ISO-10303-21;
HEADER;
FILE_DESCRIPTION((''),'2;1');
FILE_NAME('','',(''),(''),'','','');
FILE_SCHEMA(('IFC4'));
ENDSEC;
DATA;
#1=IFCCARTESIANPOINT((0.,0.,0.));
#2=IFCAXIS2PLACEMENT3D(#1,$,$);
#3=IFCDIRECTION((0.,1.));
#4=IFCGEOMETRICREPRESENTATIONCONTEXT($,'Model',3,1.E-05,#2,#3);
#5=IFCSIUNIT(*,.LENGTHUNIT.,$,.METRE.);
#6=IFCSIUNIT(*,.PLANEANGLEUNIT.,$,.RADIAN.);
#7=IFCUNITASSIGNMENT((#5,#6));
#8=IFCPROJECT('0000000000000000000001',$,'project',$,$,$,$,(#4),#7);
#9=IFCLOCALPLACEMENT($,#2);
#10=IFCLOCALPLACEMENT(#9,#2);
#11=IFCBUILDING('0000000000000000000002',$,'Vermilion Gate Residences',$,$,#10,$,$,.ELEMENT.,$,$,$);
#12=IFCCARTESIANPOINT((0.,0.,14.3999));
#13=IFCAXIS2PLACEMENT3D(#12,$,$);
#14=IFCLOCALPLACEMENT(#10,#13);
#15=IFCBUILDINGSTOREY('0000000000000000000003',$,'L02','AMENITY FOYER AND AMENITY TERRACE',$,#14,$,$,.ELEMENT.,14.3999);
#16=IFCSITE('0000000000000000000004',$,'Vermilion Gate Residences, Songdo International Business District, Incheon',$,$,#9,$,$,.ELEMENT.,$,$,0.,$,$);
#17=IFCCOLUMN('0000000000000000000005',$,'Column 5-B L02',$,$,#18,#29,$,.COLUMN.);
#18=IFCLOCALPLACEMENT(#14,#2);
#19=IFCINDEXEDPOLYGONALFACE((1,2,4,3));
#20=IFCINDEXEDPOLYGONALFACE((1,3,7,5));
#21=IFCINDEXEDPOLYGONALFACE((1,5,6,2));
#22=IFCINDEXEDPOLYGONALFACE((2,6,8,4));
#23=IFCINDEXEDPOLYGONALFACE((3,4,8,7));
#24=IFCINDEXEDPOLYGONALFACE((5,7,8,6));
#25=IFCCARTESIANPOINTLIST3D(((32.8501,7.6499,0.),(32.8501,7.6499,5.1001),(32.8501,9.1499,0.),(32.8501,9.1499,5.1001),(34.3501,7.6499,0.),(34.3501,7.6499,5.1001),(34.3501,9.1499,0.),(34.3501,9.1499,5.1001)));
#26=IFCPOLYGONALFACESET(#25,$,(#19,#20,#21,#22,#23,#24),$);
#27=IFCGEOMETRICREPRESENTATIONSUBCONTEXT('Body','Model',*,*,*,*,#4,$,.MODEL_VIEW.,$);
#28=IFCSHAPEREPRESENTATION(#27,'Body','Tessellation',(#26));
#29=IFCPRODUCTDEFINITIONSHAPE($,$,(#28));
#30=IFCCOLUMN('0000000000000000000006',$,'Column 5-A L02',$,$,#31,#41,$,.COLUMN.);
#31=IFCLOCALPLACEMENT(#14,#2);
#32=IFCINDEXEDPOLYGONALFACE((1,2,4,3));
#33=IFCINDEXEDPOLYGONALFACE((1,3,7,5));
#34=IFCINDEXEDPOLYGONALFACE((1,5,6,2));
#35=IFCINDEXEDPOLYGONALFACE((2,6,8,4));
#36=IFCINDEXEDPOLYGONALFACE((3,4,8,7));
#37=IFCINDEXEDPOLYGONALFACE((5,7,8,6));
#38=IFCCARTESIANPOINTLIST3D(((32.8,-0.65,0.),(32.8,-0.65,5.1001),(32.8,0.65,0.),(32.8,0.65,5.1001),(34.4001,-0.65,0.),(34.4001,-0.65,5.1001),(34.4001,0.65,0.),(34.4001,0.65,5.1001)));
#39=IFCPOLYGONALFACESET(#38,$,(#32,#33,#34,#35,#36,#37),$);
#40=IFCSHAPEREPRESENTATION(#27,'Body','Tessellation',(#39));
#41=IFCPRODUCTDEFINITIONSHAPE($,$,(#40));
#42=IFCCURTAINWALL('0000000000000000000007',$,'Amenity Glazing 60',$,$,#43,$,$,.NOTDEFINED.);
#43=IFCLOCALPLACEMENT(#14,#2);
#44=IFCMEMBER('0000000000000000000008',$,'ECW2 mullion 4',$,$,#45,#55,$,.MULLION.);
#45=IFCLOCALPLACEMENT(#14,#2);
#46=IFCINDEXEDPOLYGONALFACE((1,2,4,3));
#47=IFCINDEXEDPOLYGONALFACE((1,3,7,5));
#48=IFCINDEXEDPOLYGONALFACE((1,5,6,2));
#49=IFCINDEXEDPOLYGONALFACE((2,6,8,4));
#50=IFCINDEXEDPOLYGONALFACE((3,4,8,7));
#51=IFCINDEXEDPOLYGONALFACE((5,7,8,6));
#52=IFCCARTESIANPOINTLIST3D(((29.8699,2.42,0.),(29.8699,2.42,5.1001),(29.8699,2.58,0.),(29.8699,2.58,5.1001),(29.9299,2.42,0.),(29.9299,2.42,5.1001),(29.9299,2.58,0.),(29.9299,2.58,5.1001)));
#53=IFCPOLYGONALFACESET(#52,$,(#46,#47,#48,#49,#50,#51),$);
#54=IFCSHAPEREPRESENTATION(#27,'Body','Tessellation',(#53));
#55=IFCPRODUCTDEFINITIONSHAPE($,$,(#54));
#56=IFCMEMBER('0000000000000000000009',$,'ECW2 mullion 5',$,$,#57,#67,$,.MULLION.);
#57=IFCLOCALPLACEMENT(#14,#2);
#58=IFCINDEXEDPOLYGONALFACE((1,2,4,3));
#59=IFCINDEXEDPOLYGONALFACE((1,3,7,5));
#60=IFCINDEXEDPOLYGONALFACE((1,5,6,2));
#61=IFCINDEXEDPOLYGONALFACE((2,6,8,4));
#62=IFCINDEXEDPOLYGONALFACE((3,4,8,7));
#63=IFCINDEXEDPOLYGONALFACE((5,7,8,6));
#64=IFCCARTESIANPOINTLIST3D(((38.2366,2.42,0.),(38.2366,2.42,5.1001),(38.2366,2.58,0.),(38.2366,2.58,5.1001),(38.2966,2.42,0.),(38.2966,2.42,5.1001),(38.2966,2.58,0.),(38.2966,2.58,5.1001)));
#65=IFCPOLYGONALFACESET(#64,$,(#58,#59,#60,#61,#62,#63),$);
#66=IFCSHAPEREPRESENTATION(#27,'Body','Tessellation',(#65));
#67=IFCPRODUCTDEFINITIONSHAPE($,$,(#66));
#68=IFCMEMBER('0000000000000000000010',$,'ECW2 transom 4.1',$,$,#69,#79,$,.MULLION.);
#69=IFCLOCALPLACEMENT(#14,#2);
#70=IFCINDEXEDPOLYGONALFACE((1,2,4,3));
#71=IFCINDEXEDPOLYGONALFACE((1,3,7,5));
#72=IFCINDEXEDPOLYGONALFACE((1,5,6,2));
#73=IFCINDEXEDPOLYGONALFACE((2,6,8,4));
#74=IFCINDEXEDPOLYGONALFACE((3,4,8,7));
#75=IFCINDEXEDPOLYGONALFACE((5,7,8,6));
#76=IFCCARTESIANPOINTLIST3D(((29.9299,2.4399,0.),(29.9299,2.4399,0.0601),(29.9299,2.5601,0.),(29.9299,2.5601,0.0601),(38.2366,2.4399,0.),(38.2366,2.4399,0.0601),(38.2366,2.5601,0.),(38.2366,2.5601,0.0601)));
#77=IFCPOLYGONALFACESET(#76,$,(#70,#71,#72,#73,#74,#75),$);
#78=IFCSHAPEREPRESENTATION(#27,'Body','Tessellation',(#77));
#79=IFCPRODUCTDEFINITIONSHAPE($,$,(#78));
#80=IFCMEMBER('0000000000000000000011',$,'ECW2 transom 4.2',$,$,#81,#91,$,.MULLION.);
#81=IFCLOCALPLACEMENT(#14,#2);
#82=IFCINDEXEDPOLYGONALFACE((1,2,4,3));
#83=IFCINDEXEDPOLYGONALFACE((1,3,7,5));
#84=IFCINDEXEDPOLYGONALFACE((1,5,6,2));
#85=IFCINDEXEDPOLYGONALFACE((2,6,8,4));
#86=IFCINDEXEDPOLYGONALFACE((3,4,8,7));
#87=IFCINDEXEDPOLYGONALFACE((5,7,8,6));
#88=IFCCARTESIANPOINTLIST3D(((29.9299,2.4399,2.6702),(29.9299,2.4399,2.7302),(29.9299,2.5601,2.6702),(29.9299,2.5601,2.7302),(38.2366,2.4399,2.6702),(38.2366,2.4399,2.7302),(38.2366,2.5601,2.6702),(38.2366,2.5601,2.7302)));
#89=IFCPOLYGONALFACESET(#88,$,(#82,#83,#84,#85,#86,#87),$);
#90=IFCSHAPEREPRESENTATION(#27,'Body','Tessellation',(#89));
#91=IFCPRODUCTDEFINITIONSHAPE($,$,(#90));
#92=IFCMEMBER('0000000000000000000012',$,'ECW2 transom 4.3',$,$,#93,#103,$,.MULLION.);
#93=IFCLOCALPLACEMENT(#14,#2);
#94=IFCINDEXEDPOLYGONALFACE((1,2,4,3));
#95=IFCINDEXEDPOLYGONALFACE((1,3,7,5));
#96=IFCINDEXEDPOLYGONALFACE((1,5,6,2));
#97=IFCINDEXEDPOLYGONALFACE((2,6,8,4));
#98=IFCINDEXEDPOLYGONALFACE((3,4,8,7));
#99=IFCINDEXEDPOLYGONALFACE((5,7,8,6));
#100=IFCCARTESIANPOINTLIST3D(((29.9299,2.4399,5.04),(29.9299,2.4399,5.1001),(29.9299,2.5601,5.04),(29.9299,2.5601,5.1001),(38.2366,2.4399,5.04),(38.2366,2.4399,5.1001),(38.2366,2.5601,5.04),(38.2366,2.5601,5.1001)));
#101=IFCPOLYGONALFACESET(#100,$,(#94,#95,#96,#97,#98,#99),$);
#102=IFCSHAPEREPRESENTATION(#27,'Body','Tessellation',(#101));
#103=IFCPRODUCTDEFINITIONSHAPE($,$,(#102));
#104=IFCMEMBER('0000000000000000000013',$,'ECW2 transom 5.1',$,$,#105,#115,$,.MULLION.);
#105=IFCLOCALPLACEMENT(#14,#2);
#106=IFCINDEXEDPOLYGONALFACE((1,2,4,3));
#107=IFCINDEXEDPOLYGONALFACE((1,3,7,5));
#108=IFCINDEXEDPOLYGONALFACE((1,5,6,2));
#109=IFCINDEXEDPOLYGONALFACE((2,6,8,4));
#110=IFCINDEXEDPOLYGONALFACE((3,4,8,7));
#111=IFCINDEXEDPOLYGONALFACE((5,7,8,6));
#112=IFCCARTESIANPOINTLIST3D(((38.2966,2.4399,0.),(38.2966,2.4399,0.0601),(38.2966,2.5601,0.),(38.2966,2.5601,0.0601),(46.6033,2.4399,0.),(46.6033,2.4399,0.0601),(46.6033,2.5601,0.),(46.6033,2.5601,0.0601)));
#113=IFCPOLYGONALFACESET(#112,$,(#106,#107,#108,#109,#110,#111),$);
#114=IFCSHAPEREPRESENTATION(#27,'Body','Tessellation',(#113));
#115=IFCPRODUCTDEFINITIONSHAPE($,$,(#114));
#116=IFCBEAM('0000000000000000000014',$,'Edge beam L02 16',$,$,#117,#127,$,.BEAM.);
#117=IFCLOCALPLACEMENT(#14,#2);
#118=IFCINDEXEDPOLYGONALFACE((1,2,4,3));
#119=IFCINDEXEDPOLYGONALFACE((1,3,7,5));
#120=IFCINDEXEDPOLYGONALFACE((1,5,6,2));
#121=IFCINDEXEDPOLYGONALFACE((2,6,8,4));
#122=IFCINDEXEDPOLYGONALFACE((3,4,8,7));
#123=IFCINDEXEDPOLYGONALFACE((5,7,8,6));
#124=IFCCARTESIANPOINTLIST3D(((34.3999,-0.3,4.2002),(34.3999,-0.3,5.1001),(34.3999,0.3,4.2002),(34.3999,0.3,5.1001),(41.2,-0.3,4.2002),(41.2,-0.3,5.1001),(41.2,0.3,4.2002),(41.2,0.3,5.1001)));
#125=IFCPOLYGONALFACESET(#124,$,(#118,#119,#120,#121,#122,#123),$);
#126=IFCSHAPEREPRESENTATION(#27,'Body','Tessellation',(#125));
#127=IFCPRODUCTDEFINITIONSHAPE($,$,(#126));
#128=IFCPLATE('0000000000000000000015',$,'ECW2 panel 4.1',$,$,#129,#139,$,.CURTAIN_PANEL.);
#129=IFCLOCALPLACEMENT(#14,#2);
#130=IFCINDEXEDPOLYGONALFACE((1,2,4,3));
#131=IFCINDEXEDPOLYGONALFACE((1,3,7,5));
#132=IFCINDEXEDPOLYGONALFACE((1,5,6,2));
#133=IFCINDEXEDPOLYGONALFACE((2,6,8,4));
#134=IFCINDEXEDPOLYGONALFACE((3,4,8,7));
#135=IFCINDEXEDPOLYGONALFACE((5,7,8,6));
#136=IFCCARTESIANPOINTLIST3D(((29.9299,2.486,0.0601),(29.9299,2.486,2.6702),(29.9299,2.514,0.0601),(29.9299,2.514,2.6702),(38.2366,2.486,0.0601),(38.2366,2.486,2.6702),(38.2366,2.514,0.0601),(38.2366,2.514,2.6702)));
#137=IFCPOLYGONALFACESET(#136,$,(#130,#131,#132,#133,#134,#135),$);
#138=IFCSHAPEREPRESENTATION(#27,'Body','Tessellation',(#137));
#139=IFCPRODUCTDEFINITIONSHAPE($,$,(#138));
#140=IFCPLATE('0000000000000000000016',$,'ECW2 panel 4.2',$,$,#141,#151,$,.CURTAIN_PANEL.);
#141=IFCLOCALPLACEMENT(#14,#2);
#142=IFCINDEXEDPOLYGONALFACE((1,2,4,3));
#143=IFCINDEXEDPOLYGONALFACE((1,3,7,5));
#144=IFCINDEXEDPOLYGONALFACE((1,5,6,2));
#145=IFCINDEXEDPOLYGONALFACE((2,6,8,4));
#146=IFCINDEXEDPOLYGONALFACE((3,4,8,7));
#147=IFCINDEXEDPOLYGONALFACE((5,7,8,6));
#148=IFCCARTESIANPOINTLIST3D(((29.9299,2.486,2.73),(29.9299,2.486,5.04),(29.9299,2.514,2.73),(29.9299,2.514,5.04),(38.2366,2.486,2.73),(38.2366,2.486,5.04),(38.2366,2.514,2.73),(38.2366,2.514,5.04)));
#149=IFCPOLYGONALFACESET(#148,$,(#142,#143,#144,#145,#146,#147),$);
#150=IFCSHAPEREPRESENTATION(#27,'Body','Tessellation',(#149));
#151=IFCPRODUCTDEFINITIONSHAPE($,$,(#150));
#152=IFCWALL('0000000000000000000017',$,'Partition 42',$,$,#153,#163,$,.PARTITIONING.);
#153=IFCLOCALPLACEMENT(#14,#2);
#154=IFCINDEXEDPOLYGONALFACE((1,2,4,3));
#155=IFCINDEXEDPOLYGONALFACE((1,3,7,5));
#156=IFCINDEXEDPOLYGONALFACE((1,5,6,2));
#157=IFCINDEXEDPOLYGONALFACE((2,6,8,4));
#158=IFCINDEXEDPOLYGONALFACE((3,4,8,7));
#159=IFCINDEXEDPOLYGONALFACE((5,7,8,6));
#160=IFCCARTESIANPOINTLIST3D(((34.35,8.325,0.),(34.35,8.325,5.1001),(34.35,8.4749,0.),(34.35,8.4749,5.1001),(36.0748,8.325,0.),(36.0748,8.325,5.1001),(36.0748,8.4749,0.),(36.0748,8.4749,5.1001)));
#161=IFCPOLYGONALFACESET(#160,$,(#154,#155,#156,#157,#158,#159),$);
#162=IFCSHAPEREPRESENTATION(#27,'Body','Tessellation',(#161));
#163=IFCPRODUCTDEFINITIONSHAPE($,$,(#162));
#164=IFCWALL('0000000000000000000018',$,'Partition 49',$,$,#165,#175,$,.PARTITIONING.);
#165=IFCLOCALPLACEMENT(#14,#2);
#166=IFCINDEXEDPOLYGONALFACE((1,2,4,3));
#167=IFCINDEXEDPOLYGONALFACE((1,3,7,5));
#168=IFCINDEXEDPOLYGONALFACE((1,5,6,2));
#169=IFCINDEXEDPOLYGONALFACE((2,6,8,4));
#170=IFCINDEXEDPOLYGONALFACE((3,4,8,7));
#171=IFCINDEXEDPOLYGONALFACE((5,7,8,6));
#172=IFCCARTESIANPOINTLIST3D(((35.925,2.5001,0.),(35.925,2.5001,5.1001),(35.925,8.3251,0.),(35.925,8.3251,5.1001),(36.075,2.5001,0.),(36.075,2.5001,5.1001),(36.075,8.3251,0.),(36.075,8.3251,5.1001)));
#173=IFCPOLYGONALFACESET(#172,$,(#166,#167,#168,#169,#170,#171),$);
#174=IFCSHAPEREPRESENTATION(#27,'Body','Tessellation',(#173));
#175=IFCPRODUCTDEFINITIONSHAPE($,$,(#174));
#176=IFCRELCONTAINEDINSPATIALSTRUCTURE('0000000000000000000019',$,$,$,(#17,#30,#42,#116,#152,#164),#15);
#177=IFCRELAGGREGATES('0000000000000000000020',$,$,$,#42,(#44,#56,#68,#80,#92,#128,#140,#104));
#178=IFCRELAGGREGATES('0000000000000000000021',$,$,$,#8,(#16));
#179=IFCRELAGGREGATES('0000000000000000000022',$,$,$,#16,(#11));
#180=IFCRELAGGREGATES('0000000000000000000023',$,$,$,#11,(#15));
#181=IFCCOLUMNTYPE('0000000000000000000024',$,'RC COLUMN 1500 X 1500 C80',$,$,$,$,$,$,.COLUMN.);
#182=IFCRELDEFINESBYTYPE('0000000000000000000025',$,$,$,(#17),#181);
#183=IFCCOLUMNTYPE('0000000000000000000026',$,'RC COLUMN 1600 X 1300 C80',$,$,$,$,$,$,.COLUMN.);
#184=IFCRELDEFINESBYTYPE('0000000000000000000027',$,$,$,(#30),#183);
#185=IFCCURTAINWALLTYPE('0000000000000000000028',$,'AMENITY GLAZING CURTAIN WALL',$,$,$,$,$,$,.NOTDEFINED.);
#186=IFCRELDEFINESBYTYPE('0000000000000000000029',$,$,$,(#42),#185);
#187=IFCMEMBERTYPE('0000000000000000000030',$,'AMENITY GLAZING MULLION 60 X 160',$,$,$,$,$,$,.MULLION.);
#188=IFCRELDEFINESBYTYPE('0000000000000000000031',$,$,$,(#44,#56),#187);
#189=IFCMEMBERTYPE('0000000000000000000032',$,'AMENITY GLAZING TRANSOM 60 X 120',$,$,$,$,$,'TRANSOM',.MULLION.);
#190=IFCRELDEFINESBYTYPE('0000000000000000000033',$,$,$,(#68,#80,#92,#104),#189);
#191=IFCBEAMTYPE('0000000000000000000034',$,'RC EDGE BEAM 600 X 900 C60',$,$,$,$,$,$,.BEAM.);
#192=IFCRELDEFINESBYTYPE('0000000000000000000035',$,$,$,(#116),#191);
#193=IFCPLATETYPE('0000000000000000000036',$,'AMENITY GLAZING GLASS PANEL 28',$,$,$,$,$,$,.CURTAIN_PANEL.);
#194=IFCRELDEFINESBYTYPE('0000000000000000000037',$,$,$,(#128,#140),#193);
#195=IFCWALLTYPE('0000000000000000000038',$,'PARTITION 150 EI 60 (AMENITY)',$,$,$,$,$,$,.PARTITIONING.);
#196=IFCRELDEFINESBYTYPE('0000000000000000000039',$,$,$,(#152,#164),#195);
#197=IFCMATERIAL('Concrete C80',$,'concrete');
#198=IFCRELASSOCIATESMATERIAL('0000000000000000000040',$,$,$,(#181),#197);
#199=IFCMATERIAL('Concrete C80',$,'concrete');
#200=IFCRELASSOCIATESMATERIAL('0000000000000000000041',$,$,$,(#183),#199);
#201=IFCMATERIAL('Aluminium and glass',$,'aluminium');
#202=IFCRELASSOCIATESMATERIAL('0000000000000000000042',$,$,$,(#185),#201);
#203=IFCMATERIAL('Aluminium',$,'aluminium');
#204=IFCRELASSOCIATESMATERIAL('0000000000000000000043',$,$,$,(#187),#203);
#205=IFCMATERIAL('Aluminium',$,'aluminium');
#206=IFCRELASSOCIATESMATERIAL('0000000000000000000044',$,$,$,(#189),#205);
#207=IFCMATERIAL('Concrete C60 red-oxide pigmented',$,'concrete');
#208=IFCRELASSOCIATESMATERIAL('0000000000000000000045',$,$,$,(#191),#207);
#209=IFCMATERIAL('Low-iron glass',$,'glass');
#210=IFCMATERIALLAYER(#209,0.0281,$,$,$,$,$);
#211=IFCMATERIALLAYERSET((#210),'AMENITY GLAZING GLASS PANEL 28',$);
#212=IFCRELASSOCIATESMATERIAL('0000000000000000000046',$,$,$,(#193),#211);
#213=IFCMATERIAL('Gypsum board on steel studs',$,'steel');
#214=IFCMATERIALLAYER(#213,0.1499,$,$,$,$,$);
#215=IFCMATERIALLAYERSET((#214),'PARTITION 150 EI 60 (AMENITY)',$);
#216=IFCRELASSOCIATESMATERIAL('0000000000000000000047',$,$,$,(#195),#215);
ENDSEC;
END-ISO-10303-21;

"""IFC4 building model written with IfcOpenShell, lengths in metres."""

from ifc_helpers import new_model, si_unit, direction, frame, frame_2d, origin, origin_2d, place, context, subcontext, project, spatial, rectangle, extrude, material, layer, layer_set, material_profile, profile_set, type_object, element, aggregate, save


model = new_model("IFC4")

# Units and contexts
model_context = context("Model", 3, precision=1e-05, world=origin(), true_north=direction((0.0, 1.0)))
body_context = subcontext(model_context, "Body", "Model", "MODEL_VIEW")
ifc_project = project(units=[si_unit("LENGTHUNIT", "METRE"), si_unit("PLANEANGLEUNIT", "RADIAN")], contexts=[model_context])

# Site, building, storey
site_placement = place(None, origin())
site = spatial("IfcSite", under=ifc_project, at=site_placement, Name="Vermilion Gate Residences, Songdo International Business District, Incheon", CompositionType="ELEMENT", RefElevation=0.0)
building_placement = place(site_placement, origin())
building = spatial("IfcBuilding", under=site, at=building_placement, Name="Vermilion Gate Residences", CompositionType="ELEMENT")
storey_placement = place(building_placement, frame((0.0, 0.0, 14.3999)))
storey = spatial("IfcBuildingStorey", under=building, at=storey_placement, Name="L02", Description="AMENITY FOYER AND AMENITY TERRACE", CompositionType="ELEMENT", Elevation=14.3999)

# Columns
ifc_material_1 = material(Name="Concrete C80", Category="concrete")
ifc_material_profile_1 = material_profile(ifc_material_1, rectangle(XDim=1.5, YDim=1.5, at=origin_2d()), Name="RC-1500x1500")
ifc_profile_set_1 = profile_set([ifc_material_profile_1], Name="Concrete C80")
column_type_1 = type_object("IfcColumnType", Name="RC COLUMN 1500 X 1500 C80", PredefinedType="COLUMN", material=ifc_profile_set_1)
column_1_placement = place(storey_placement, frame((33.6001, 8.3999, 0.0), z_axis=(0.0, 0.0, 1.0), x_axis=(1.0, 0.0, 0.0)))
element("IfcColumn", 1, at=column_1_placement, inside=storey, type_object=column_type_1, Name="Column 5-B L02", PredefinedType="COLUMN", context=body_context, shape_type="SweptSolid", body=[
    extrude(rectangle(XDim=1.5, YDim=1.5, at=origin_2d()), origin(), (0.0, 0.0, 1.0), 5.1001),
])
ifc_material_2 = material(Name="Concrete C80", Category="concrete")
ifc_material_profile_2 = material_profile(ifc_material_2, rectangle(XDim=1.6001, YDim=1.3, at=origin_2d()), Name="RC-1600x1300")
ifc_profile_set_2 = profile_set([ifc_material_profile_2], Name="Concrete C80")
column_type_2 = type_object("IfcColumnType", Name="RC COLUMN 1600 X 1300 C80", PredefinedType="COLUMN", material=ifc_profile_set_2)
column_2_placement = place(storey_placement, frame((33.6001, 0.0, 0.0), z_axis=(0.0, 0.0, 1.0), x_axis=(1.0, 0.0, 0.0)))
element("IfcColumn", 2, at=column_2_placement, inside=storey, type_object=column_type_2, Name="Column 5-A L02", PredefinedType="COLUMN", context=body_context, shape_type="SweptSolid", body=[
    extrude(rectangle(XDim=1.6001, YDim=1.3, at=origin_2d()), origin(), (0.0, 0.0, 1.0), 5.1001),
])

# Curtain wall, members
ifc_material_3 = material(Name="Aluminium and glass", Category="aluminium")
curtain_wall_type = type_object("IfcCurtainWallType", Name="AMENITY GLAZING CURTAIN WALL", PredefinedType="NOTDEFINED", material=ifc_material_3)
curtain_wall_placement = place(storey_placement, origin())
curtain_wall = element("IfcCurtainWall", 3, at=curtain_wall_placement, inside=storey, type_object=curtain_wall_type, Name="Amenity Glazing 60", PredefinedType="NOTDEFINED")
ifc_material_4 = material(Name="Aluminium", Category="aluminium")
ifc_material_profile_3 = material_profile(ifc_material_4, rectangle(XDim=0.1599, YDim=0.0601, at=origin_2d()), Name="MULLION 60 X 160")
ifc_profile_set_3 = profile_set([ifc_material_profile_3], Name="Aluminium")
member_type_1 = type_object("IfcMemberType", Name="AMENITY GLAZING MULLION 60 X 160", PredefinedType="MULLION", material=ifc_profile_set_3)
member_1_placement = place(storey_placement, frame((29.8999, 2.5, 0.0), z_axis=(0.0, 0.0, 1.0), x_axis=(0.0, 1.0, 0.0)))
member_1 = element("IfcMember", 4, at=member_1_placement, type_object=member_type_1, Name="ECW2 mullion 4", PredefinedType="MULLION", context=body_context, shape_type="SweptSolid", body=[
    extrude(rectangle(XDim=0.1599, YDim=0.0601, at=origin_2d()), origin(), (0.0, 0.0, 1.0), 5.1001),
])
member_2_placement = place(storey_placement, frame((38.2666, 2.5, 0.0), z_axis=(0.0, 0.0, 1.0), x_axis=(0.0, 1.0, 0.0)))
member_2 = element("IfcMember", 5, at=member_2_placement, type_object=member_type_1, Name="ECW2 mullion 5", PredefinedType="MULLION", context=body_context, shape_type="SweptSolid", body=[
    extrude(rectangle(XDim=0.1599, YDim=0.0601, at=origin_2d()), origin(), (0.0, 0.0, 1.0), 5.1001),
])
ifc_material_5 = material(Name="Aluminium", Category="aluminium")
ifc_material_profile_4 = material_profile(ifc_material_5, rectangle(XDim=0.1201, YDim=0.0601, at=origin_2d()), Name="TRANSOM 60 X 120")
ifc_profile_set_4 = profile_set([ifc_material_profile_4], Name="Aluminium")
member_type_2 = type_object("IfcMemberType", Name="AMENITY GLAZING TRANSOM 60 X 120", ElementType="TRANSOM", PredefinedType="MULLION", material=ifc_profile_set_4)
member_3_placement = place(storey_placement, frame((29.9299, 2.5, 0.03), z_axis=(1.0, 0.0, 0.0), x_axis=(0.0, 1.0, 0.0)))
member_3 = element("IfcMember", 6, at=member_3_placement, type_object=member_type_2, Name="ECW2 transom 4.1", PredefinedType="MULLION", context=body_context, shape_type="SweptSolid", body=[
    extrude(rectangle(XDim=0.1201, YDim=0.0601, at=origin_2d()), origin(), (0.0, 0.0, 1.0), 8.3066),
])
member_4_placement = place(storey_placement, frame((29.9299, 2.5, 2.7002), z_axis=(1.0, 0.0, 0.0), x_axis=(0.0, 1.0, 0.0)))
member_4 = element("IfcMember", 7, at=member_4_placement, type_object=member_type_2, Name="ECW2 transom 4.2", PredefinedType="MULLION", context=body_context, shape_type="SweptSolid", body=[
    extrude(rectangle(XDim=0.1201, YDim=0.0601, at=origin_2d()), origin(), (0.0, 0.0, 1.0), 8.3066),
])
member_5_placement = place(storey_placement, frame((29.9299, 2.5, 5.0701), z_axis=(1.0, 0.0, 0.0), x_axis=(0.0, 1.0, 0.0)))
member_5 = element("IfcMember", 8, at=member_5_placement, type_object=member_type_2, Name="ECW2 transom 4.3", PredefinedType="MULLION", context=body_context, shape_type="SweptSolid", body=[
    extrude(rectangle(XDim=0.1201, YDim=0.0601, at=origin_2d()), origin(), (0.0, 0.0, 1.0), 8.3066),
])
member_6_placement = place(storey_placement, frame((38.2966, 2.5, 0.03), z_axis=(1.0, 0.0, 0.0), x_axis=(0.0, 1.0, 0.0)))
member_6 = element("IfcMember", 9, at=member_6_placement, type_object=member_type_2, Name="ECW2 transom 5.1", PredefinedType="MULLION", context=body_context, shape_type="SweptSolid", body=[
    extrude(rectangle(XDim=0.1201, YDim=0.0601, at=origin_2d()), origin(), (0.0, 0.0, 1.0), 8.3066),
])

# Beam
ifc_material_6 = material(Name="Concrete C60 red-oxide pigmented", Category="concrete")
ifc_material_profile_5 = material_profile(ifc_material_6, rectangle(XDim=0.6001, YDim=0.8999, at=origin_2d()), Name="RC-600x900")
ifc_profile_set_5 = profile_set([ifc_material_profile_5], Name="Concrete C60 red-oxide pigmented")
beam_type = type_object("IfcBeamType", Name="RC EDGE BEAM 600 X 900 C60", PredefinedType="BEAM", material=ifc_profile_set_5)
beam_placement = place(storey_placement, frame((34.3999, 0.0, 4.6501), z_axis=(1.0, 0.0, 0.0), x_axis=(0.0, 1.0, 0.0)))
element("IfcBeam", 10, at=beam_placement, inside=storey, type_object=beam_type, Name="Edge beam L02 16", PredefinedType="BEAM", context=body_context, shape_type="SweptSolid", body=[
    extrude(rectangle(XDim=0.6001, YDim=0.8999, at=origin_2d()), origin(), (0.0, 0.0, 1.0), 6.8),
])

# Plates
ifc_material_7 = material(Name="Low-iron glass", Category="glass")
ifc_layer_1 = layer(ifc_material_7, 0.0281)
ifc_layer_set_1 = layer_set([ifc_layer_1], Name="AMENITY GLAZING GLASS PANEL 28")
plate_type = type_object("IfcPlateType", Name="AMENITY GLAZING GLASS PANEL 28", PredefinedType="CURTAIN_PANEL", material=ifc_layer_set_1)
plate_1_placement = place(storey_placement, frame((34.0833, 2.5, 0.0601), z_axis=(0.0, 0.0, 1.0), x_axis=(1.0, 0.0, 0.0)))
plate_1 = element("IfcPlate", 11, at=plate_1_placement, type_object=plate_type, Name="ECW2 panel 4.1", PredefinedType="CURTAIN_PANEL", context=body_context, shape_type="SweptSolid", body=[
    extrude(rectangle(XDim=8.3066, YDim=0.0281, at=origin_2d()), origin(), (0.0, 0.0, 1.0), 2.6101),
])
plate_2_placement = place(storey_placement, frame((34.0833, 2.5, 2.73), z_axis=(0.0, 0.0, 1.0), x_axis=(1.0, 0.0, 0.0)))
plate_2 = element("IfcPlate", 12, at=plate_2_placement, type_object=plate_type, Name="ECW2 panel 4.2", PredefinedType="CURTAIN_PANEL", context=body_context, shape_type="SweptSolid", body=[
    extrude(rectangle(XDim=8.3066, YDim=0.0281, at=origin_2d()), origin(), (0.0, 0.0, 1.0), 2.3101),
])
aggregate(curtain_wall, [member_1, member_2, member_3, member_4, member_5, plate_1, plate_2, member_6])

# Walls
ifc_material_8 = material(Name="Gypsum board on steel studs", Category="steel")
ifc_layer_2 = layer(ifc_material_8, 0.1499)
ifc_layer_set_2 = layer_set([ifc_layer_2], Name="PARTITION 150 EI 60 (AMENITY)")
wall_type = type_object("IfcWallType", Name="PARTITION 150 EI 60 (AMENITY)", PredefinedType="PARTITIONING", material=ifc_layer_set_2)
wall_1_placement = place(storey_placement, frame((34.3501, 8.3999, 0.0), z_axis=(0.0, 0.0, 1.0), x_axis=(1.0, 0.0, 0.0)))
element("IfcWall", 13, at=wall_1_placement, inside=storey, type_object=wall_type, Name="Partition 42", PredefinedType="PARTITIONING", context=body_context, shape_type="SweptSolid", body=[
    extrude(rectangle(XDim=1.7249, YDim=0.1499, at=frame_2d((0.8623, 0.0))), origin(), (0.0, 0.0, 1.0), 5.1001),
])
wall_2_placement = place(storey_placement, frame((36.0, 2.5, 0.0), z_axis=(0.0, 0.0, 1.0), x_axis=(0.0, 1.0, 0.0)))
element("IfcWall", 14, at=wall_2_placement, inside=storey, type_object=wall_type, Name="Partition 49", PredefinedType="PARTITIONING", context=body_context, shape_type="SweptSolid", body=[
    extrude(rectangle(XDim=5.825, YDim=0.1499, at=frame_2d((2.9126, 0.0))), origin(), (0.0, 0.0, 1.0), 5.1001),
])

save(model, "model.ifc")
